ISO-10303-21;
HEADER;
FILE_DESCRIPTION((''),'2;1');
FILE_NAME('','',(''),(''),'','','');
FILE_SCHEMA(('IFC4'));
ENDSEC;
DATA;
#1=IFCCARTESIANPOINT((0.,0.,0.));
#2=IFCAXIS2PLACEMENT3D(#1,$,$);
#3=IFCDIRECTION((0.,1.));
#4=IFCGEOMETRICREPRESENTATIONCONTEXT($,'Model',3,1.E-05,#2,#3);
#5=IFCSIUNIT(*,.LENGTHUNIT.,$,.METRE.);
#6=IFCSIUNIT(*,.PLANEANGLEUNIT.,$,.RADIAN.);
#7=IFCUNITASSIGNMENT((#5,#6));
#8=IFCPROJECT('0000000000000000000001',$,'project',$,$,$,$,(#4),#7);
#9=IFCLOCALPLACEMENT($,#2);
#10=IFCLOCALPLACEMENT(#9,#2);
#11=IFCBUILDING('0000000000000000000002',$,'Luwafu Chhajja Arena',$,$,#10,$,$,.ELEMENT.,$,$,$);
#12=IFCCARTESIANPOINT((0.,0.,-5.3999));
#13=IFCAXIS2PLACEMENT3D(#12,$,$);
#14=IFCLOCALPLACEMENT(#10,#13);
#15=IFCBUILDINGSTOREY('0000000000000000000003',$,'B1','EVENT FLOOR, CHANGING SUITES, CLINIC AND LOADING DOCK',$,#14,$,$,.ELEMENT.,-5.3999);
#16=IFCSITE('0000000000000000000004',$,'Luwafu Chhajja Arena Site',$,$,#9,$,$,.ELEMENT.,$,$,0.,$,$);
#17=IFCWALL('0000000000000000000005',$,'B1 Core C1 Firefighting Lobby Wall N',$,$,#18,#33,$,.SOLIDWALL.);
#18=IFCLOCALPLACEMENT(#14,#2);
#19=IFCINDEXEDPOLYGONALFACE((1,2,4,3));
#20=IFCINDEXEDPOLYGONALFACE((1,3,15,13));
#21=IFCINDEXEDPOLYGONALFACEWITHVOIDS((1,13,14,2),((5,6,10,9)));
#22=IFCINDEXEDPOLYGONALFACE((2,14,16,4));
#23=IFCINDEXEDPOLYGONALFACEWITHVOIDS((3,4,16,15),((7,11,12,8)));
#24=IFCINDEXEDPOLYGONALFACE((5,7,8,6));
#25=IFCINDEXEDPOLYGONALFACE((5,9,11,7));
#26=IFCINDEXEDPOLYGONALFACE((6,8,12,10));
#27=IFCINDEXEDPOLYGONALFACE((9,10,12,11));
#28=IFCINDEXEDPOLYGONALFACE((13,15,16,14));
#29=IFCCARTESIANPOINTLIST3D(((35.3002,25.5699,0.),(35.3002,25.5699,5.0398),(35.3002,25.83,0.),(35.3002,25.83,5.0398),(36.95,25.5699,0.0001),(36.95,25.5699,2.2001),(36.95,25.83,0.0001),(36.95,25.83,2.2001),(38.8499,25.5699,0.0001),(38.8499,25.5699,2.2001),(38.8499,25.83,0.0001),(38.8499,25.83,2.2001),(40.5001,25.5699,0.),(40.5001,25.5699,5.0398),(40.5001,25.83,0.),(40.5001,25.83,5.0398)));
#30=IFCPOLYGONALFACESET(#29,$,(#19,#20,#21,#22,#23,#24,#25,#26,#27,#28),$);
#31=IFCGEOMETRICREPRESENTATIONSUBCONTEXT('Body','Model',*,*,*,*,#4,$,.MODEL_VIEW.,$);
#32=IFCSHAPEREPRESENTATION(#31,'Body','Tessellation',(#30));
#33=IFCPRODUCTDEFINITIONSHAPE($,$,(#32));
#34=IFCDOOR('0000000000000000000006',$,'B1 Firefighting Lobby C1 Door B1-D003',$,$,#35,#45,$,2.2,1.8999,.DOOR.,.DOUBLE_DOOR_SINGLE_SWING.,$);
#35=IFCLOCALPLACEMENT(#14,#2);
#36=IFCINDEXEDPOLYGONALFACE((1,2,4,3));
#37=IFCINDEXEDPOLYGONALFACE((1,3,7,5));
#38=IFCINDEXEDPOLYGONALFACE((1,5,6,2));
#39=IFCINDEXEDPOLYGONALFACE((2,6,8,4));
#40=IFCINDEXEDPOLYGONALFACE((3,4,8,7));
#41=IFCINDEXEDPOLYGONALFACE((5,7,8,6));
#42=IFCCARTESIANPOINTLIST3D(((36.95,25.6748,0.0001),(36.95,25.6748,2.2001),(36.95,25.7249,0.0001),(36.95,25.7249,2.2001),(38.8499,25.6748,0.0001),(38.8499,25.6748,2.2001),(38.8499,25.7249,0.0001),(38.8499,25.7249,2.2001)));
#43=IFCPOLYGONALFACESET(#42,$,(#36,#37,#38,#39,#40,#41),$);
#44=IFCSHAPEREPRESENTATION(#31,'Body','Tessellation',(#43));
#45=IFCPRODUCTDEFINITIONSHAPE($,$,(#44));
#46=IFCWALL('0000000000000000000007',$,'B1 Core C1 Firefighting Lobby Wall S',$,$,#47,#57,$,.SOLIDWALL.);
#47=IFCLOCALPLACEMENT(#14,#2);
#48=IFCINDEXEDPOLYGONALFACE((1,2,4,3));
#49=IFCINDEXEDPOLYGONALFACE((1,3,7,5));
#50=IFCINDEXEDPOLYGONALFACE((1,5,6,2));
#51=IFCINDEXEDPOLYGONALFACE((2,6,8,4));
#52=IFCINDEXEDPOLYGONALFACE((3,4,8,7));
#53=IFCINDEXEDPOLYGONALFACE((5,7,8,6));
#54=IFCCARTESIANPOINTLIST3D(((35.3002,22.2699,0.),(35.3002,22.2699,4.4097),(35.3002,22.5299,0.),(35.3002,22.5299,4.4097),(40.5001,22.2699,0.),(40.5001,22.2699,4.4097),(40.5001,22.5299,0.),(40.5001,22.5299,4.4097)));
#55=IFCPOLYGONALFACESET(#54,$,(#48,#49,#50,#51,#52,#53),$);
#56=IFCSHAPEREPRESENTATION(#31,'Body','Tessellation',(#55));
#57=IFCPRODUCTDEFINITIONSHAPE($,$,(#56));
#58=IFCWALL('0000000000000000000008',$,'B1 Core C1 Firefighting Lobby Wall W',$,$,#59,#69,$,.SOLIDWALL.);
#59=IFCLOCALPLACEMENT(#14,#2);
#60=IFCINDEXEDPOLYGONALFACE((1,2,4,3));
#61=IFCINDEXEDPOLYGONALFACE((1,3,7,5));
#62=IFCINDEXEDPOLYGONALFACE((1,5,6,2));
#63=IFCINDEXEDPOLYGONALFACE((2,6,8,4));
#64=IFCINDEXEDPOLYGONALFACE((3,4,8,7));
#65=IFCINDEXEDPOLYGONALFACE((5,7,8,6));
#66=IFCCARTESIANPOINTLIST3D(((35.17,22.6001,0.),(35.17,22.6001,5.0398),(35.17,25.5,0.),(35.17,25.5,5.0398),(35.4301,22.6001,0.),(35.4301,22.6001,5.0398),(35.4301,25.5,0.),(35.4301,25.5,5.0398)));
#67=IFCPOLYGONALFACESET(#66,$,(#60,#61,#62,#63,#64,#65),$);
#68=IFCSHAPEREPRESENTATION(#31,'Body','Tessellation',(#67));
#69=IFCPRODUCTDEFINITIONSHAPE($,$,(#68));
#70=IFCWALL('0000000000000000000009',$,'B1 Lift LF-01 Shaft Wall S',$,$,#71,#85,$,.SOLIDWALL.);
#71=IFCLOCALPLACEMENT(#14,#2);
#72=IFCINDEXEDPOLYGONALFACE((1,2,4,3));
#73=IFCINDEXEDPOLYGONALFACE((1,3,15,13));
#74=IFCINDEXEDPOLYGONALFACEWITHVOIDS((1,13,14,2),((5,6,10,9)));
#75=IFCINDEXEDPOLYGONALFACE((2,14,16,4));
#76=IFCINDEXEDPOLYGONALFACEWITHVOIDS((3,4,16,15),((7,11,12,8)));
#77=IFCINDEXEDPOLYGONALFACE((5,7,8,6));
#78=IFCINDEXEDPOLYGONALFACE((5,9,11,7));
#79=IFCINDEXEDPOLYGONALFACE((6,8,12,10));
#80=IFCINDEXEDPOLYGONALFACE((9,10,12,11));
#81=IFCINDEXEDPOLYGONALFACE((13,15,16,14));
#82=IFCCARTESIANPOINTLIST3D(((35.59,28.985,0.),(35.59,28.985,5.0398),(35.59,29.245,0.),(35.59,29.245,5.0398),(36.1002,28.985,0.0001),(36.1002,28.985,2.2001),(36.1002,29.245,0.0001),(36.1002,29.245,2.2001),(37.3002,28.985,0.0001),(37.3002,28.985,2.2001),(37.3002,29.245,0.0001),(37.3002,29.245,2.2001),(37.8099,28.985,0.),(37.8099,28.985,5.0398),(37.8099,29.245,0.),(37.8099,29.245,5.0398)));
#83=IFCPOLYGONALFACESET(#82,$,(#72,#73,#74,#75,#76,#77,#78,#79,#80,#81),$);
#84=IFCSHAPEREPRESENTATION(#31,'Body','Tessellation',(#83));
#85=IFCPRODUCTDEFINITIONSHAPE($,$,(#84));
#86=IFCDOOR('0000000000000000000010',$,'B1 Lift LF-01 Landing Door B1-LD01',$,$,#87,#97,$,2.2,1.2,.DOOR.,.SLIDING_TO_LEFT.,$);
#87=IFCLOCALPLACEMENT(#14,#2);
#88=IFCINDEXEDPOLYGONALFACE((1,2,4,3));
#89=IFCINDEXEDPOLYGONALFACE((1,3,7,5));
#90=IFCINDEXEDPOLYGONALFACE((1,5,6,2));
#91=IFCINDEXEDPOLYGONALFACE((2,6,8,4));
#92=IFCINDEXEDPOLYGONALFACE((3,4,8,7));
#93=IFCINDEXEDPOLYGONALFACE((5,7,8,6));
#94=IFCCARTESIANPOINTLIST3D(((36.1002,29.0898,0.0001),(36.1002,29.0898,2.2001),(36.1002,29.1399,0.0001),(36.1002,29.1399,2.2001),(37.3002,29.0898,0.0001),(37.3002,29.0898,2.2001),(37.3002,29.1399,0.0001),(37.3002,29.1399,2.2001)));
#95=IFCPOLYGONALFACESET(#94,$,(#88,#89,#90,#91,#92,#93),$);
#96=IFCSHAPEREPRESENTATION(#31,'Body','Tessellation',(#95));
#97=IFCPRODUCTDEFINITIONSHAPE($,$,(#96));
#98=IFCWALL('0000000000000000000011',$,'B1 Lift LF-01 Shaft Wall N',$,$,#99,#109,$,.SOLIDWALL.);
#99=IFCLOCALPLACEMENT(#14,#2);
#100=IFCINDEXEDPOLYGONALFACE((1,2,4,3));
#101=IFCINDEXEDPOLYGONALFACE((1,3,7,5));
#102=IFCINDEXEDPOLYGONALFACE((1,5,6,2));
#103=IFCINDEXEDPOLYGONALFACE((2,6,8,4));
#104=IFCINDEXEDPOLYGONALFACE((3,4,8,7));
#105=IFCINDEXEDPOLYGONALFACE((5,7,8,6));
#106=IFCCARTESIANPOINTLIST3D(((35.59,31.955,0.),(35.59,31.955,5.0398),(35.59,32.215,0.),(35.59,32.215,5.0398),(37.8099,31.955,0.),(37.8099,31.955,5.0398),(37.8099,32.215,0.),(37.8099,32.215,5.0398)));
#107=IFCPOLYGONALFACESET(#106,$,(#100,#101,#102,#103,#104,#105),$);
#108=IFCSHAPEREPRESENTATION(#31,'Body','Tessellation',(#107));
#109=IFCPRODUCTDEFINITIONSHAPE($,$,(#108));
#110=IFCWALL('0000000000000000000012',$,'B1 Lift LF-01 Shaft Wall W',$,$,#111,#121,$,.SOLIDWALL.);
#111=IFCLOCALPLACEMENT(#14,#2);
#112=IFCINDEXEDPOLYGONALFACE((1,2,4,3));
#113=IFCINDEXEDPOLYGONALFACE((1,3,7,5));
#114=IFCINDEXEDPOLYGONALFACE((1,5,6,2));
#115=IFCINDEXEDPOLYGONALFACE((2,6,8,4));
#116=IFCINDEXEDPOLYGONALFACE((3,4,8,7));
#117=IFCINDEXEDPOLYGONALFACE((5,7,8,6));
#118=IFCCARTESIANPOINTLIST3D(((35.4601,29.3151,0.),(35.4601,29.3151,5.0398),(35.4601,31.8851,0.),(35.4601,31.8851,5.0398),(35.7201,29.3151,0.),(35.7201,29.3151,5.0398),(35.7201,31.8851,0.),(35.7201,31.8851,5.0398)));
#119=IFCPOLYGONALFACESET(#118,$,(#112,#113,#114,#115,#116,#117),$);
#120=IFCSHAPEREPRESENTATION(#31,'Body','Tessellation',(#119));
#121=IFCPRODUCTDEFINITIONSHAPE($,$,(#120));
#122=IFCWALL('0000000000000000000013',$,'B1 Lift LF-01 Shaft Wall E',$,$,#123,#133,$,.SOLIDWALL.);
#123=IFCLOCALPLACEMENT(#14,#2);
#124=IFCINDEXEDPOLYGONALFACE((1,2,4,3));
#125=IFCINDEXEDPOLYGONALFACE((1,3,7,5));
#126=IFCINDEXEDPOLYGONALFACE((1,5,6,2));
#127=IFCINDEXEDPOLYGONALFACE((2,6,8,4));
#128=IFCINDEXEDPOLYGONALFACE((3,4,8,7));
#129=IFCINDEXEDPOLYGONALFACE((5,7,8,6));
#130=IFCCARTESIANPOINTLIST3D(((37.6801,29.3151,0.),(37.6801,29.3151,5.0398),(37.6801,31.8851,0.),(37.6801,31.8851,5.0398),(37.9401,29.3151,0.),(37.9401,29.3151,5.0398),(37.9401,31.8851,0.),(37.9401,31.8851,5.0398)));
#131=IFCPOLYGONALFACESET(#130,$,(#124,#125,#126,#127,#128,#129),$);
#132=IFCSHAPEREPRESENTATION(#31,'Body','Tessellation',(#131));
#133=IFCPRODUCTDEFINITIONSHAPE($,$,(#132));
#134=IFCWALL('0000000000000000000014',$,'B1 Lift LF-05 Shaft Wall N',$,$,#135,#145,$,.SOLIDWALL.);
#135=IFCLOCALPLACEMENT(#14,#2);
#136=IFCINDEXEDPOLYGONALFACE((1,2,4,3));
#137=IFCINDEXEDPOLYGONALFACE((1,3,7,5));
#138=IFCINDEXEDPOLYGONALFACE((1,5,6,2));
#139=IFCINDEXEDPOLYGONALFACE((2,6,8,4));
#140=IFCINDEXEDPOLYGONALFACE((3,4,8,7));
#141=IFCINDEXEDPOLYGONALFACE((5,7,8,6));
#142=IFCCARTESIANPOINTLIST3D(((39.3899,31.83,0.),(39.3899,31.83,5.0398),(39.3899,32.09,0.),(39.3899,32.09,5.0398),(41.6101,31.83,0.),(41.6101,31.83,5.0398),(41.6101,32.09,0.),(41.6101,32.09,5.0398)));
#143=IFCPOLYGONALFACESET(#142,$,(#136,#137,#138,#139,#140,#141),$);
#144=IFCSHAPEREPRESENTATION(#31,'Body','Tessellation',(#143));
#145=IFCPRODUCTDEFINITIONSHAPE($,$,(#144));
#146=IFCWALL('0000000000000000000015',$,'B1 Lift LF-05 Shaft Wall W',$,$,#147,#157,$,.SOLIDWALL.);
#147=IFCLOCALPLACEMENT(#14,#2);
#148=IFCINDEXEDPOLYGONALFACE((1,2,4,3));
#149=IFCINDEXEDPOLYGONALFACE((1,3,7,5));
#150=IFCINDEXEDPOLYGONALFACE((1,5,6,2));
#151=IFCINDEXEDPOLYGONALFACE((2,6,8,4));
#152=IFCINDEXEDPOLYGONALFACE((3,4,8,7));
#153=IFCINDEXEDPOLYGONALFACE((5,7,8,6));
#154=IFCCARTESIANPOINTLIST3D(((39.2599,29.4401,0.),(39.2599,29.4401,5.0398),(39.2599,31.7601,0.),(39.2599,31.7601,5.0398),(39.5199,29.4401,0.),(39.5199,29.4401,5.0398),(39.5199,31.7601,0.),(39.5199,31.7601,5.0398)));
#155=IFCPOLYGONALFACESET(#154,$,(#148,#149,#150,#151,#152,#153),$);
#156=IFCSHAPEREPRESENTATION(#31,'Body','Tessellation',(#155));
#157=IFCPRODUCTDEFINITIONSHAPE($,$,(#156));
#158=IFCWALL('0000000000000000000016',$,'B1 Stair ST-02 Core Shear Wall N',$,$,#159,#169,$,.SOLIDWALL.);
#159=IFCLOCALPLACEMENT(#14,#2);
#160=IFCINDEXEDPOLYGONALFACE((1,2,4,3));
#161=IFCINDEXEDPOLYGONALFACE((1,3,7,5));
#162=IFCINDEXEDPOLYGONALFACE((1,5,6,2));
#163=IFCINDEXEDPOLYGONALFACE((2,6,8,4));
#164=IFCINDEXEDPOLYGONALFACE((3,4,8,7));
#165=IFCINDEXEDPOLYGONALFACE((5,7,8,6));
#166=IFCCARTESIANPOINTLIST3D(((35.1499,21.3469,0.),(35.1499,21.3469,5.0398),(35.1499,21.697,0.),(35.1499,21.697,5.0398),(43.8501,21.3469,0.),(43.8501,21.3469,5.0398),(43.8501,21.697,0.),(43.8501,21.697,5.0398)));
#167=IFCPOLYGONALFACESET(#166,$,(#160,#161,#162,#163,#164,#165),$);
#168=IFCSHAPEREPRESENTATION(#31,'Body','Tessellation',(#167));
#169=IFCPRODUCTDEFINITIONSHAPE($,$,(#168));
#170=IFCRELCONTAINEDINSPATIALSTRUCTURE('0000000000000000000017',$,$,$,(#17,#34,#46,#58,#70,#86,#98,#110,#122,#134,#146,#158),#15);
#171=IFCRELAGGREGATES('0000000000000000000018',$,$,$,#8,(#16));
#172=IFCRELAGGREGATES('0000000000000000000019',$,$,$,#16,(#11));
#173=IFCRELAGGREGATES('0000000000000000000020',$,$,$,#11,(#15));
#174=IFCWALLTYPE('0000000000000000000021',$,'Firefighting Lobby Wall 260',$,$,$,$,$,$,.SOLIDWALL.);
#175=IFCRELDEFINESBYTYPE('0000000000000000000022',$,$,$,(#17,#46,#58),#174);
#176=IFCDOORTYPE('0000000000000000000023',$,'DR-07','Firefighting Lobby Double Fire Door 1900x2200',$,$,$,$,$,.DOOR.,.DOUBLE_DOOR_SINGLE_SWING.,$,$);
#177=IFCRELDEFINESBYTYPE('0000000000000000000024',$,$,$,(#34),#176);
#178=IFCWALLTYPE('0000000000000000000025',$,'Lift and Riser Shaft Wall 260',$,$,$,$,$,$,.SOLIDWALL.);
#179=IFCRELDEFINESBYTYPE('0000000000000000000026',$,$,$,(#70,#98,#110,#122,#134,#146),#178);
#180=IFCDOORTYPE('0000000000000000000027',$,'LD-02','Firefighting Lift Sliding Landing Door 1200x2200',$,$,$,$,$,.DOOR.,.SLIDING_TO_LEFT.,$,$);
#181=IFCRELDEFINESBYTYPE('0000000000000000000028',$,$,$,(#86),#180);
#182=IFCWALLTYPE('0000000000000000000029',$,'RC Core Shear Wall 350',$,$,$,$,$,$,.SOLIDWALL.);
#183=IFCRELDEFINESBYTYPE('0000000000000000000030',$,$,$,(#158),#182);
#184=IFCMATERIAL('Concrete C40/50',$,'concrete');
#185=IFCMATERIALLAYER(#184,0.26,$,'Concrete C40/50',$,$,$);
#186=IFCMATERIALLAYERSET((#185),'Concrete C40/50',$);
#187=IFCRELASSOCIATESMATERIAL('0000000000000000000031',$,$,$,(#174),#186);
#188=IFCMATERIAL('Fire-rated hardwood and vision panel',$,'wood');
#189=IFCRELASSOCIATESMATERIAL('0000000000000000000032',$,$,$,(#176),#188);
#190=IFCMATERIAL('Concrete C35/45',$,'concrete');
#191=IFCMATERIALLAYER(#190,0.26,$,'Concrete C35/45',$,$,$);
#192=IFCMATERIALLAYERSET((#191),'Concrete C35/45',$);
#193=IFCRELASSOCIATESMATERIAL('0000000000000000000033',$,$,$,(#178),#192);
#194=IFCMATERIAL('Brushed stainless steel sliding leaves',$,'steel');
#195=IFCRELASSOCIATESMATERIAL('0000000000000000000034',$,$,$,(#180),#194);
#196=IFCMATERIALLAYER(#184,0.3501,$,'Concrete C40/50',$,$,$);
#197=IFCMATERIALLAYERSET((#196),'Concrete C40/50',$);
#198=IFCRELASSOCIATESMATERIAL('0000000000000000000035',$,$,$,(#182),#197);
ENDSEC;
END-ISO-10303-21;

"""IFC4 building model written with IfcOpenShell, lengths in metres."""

from ifc_helpers import new_model, si_unit, direction, frame, frame_2d, origin, place, context, subcontext, project, spatial, rectangle, extrude, material, layer, layer_set, type_object, element, fill, save


model = new_model("IFC4")

# Units and contexts
model_context = context("Model", 3, precision=1e-05, world=origin(), true_north=direction((0.0, 1.0)))
body_context = subcontext(model_context, "Body", "Model", "MODEL_VIEW")
ifc_project = project(units=[si_unit("LENGTHUNIT", "METRE"), si_unit("PLANEANGLEUNIT", "RADIAN")], contexts=[model_context])

# Site, building, storey
site_placement = place(None, origin())
site = spatial("IfcSite", under=ifc_project, at=site_placement, Name="Luwafu Chhajja Arena Site", CompositionType="ELEMENT", RefElevation=0.0)
building_placement = place(site_placement, origin())
building = spatial("IfcBuilding", under=site, at=building_placement, Name="Luwafu Chhajja Arena", CompositionType="ELEMENT")
storey_placement = place(building_placement, frame((0.0, 0.0, -5.3999)))
storey = spatial("IfcBuildingStorey", under=building, at=storey_placement, Name="B1", Description="EVENT FLOOR, CHANGING SUITES, CLINIC AND LOADING DOCK", CompositionType="ELEMENT", Elevation=-5.3999)

# Shared definitions
ifc_material_1 = material(Name="Concrete C35/45", Category="concrete")

# Wall, opening, door
ifc_material_2 = material(Name="Concrete C40/50", Category="concrete")
ifc_layer_1 = layer(ifc_material_2, 0.26, Name="Concrete C40/50")
ifc_layer_set_1 = layer_set([ifc_layer_1], Name="Concrete C40/50")
wall_type_1 = type_object("IfcWallType", Name="Firefighting Lobby Wall 260", PredefinedType="SOLIDWALL", material=ifc_layer_set_1)
wall_1_placement = place(storey_placement, frame((35.3, 25.7, 0.0), z_axis=(0.0, 0.0, 1.0), x_axis=(1.0, 0.0, 0.0)))
wall_1 = element("IfcWall", 1, at=wall_1_placement, inside=storey, type_object=wall_type_1, Name="B1 Core C1 Firefighting Lobby Wall N", PredefinedType="SOLIDWALL", context=body_context, shape_type="SweptSolid", body=[
    extrude(rectangle(XDim=5.2, YDim=0.26, at=frame_2d((2.6001, 0.0))), origin(), (0.0, 0.0, 1.0), 5.0398),
])
opening_1_placement = place(wall_1_placement, frame((1.6499, 0.0, 0.0)))
opening_1 = element("IfcOpeningElement", 2, at=opening_1_placement, cuts=wall_1, PredefinedType="OPENING", context=body_context, shape_type="SweptSolid", body=[
    extrude(rectangle(XDim=1.8999, YDim=2.2, at=frame_2d((0.95, 1.1001))), frame((0.0, 0.1399, 0.0), z_axis=(0.0, -1.0, 0.0), x_axis=(1.0, 0.0, 0.0)), (0.0, 0.0, 1.0), 0.28),
])
ifc_material_3 = material(Name="Fire-rated hardwood and vision panel", Category="wood")
door_type_1 = type_object("IfcDoorType", Name="DR-07", Description="Firefighting Lobby Double Fire Door 1900x2200", OperationType="DOUBLE_DOOR_SINGLE_SWING", PredefinedType="DOOR", material=ifc_material_3)
door_1_placement = place(opening_1_placement, origin())
door_1 = element("IfcDoor", 3, at=door_1_placement, inside=storey, type_object=door_type_1, Name="B1 Firefighting Lobby C1 Door B1-D003", OperationType="DOUBLE_DOOR_SINGLE_SWING", OverallHeight=2.2, OverallWidth=1.8999, PredefinedType="DOOR", context=body_context, shape_type="SweptSolid", body=[
    extrude(rectangle(XDim=1.8999, YDim=2.2, at=frame_2d((0.95, 1.1001))), frame((0.0, 0.0249, 0.0), z_axis=(0.0, -1.0, 0.0), x_axis=(1.0, 0.0, 0.0)), (0.0, 0.0, 1.0), 0.05),
])
fill(opening_1, door_1)

# Walls
wall_2_placement = place(storey_placement, frame((35.3, 22.3999, 0.0), z_axis=(0.0, 0.0, 1.0), x_axis=(1.0, 0.0, 0.0)))
element("IfcWall", 4, at=wall_2_placement, inside=storey, type_object=wall_type_1, Name="B1 Core C1 Firefighting Lobby Wall S", PredefinedType="SOLIDWALL", context=body_context, shape_type="SweptSolid", body=[
    extrude(rectangle(XDim=5.2, YDim=0.26, at=frame_2d((2.6001, 0.0))), origin(), (0.0, 0.0, 1.0), 4.4097),
])
wall_3_placement = place(storey_placement, frame((35.3, 22.6001, 0.0), z_axis=(0.0, 0.0, 1.0), x_axis=(0.0, 1.0, 0.0)))
element("IfcWall", 5, at=wall_3_placement, inside=storey, type_object=wall_type_1, Name="B1 Core C1 Firefighting Lobby Wall W", PredefinedType="SOLIDWALL", context=body_context, shape_type="SweptSolid", body=[
    extrude(rectangle(XDim=2.8999, YDim=0.26, at=frame_2d((1.45, 0.0))), origin(), (0.0, 0.0, 1.0), 5.0398),
])

# Wall, opening, door
ifc_layer_2 = layer(ifc_material_1, 0.26, Name="Concrete C35/45")
ifc_layer_set_2 = layer_set([ifc_layer_2], Name="Concrete C35/45")
wall_type_2 = type_object("IfcWallType", Name="Lift and Riser Shaft Wall 260", PredefinedType="SOLIDWALL", material=ifc_layer_set_2)
wall_4_placement = place(storey_placement, frame((35.5901, 29.115, 0.0), z_axis=(0.0, 0.0, 1.0), x_axis=(1.0, 0.0, 0.0)))
wall_4 = element("IfcWall", 6, at=wall_4_placement, inside=storey, type_object=wall_type_2, Name="B1 Lift LF-01 Shaft Wall S", PredefinedType="SOLIDWALL", context=body_context, shape_type="SweptSolid", body=[
    extrude(rectangle(XDim=2.22, YDim=0.26, at=frame_2d((1.1099, 0.0))), origin(), (0.0, 0.0, 1.0), 5.0398),
])
opening_2_placement = place(wall_4_placement, frame((0.51, 0.0, 0.0)))
opening_2 = element("IfcOpeningElement", 7, at=opening_2_placement, cuts=wall_4, PredefinedType="OPENING", context=body_context, shape_type="SweptSolid", body=[
    extrude(rectangle(XDim=1.2, YDim=2.2, at=frame_2d((0.6001, 1.1001))), frame((0.0, 0.1399, 0.0), z_axis=(0.0, -1.0, 0.0), x_axis=(1.0, 0.0, 0.0)), (0.0, 0.0, 1.0), 0.28),
])
ifc_material_4 = material(Name="Brushed stainless steel sliding leaves", Category="steel")
door_type_2 = type_object("IfcDoorType", Name="LD-02", Description="Firefighting Lift Sliding Landing Door 1200x2200", OperationType="SLIDING_TO_LEFT", PredefinedType="DOOR", material=ifc_material_4)
door_2_placement = place(opening_2_placement, origin())
door_2 = element("IfcDoor", 8, at=door_2_placement, inside=storey, type_object=door_type_2, Name="B1 Lift LF-01 Landing Door B1-LD01", OperationType="SLIDING_TO_LEFT", OverallHeight=2.2, OverallWidth=1.2, PredefinedType="DOOR", context=body_context, shape_type="SweptSolid", body=[
    extrude(rectangle(XDim=1.2, YDim=2.2, at=frame_2d((0.6001, 1.1001))), frame((0.0, 0.0249, 0.0), z_axis=(0.0, -1.0, 0.0), x_axis=(1.0, 0.0, 0.0)), (0.0, 0.0, 1.0), 0.05),
])
fill(opening_2, door_2)

# Walls
wall_5_placement = place(storey_placement, frame((35.5901, 32.085, 0.0), z_axis=(0.0, 0.0, 1.0), x_axis=(1.0, 0.0, 0.0)))
element("IfcWall", 9, at=wall_5_placement, inside=storey, type_object=wall_type_2, Name="B1 Lift LF-01 Shaft Wall N", PredefinedType="SOLIDWALL", context=body_context, shape_type="SweptSolid", body=[
    extrude(rectangle(XDim=2.22, YDim=0.26, at=frame_2d((1.1099, 0.0))), origin(), (0.0, 0.0, 1.0), 5.0398),
])
for number, where, z_axis, x_axis, name in (
    (10, (35.5901, 29.3149, 0.0), (0.0, 0.0, 1.0), (0.0, 1.0, 0.0), "B1 Lift LF-01 Shaft Wall W"),
    (11, (37.8101, 29.3149, 0.0), (0.0, 0.0, 1.0), (0.0, 1.0, 0.0), "B1 Lift LF-01 Shaft Wall E"),
):
    element("IfcWall", number, at=place(storey_placement, frame(where, z_axis=z_axis, x_axis=x_axis)), inside=storey, type_object=wall_type_2, Name=name, PredefinedType="SOLIDWALL", context=body_context, shape_type="SweptSolid", body=[
        extrude(rectangle(XDim=2.5701, YDim=0.26, at=frame_2d((1.2852, 0.0))), origin(), (0.0, 0.0, 1.0), 5.0398),
    ])

# Walls
wall_6_placement = place(storey_placement, frame((39.3899, 31.96, 0.0), z_axis=(0.0, 0.0, 1.0), x_axis=(1.0, 0.0, 0.0)))
element("IfcWall", 12, at=wall_6_placement, inside=storey, type_object=wall_type_2, Name="B1 Lift LF-05 Shaft Wall N", PredefinedType="SOLIDWALL", context=body_context, shape_type="SweptSolid", body=[
    extrude(rectangle(XDim=2.2202, YDim=0.26, at=frame_2d((1.1101, 0.0))), origin(), (0.0, 0.0, 1.0), 5.0398),
])
wall_7_placement = place(storey_placement, frame((39.3899, 29.4399, 0.0), z_axis=(0.0, 0.0, 1.0), x_axis=(0.0, 1.0, 0.0)))
element("IfcWall", 13, at=wall_7_placement, inside=storey, type_object=wall_type_2, Name="B1 Lift LF-05 Shaft Wall W", PredefinedType="SOLIDWALL", context=body_context, shape_type="SweptSolid", body=[
    extrude(rectangle(XDim=2.3201, YDim=0.26, at=frame_2d((1.1602, 0.0))), origin(), (0.0, 0.0, 1.0), 5.0398),
])
ifc_layer_3 = layer(ifc_material_2, 0.3501, Name="Concrete C40/50")
ifc_layer_set_3 = layer_set([ifc_layer_3], Name="Concrete C40/50")
wall_type_3 = type_object("IfcWallType", Name="RC Core Shear Wall 350", PredefinedType="SOLIDWALL", material=ifc_layer_set_3)
wall_8_placement = place(storey_placement, frame((35.1499, 21.522, 0.0), z_axis=(0.0, 0.0, 1.0), x_axis=(1.0, 0.0, 0.0)))
element("IfcWall", 14, at=wall_8_placement, inside=storey, type_object=wall_type_3, Name="B1 Stair ST-02 Core Shear Wall N", PredefinedType="SOLIDWALL", context=body_context, shape_type="SweptSolid", body=[
    extrude(rectangle(XDim=8.7002, YDim=0.3501, at=frame_2d((4.3501, 0.0))), origin(), (0.0, 0.0, 1.0), 5.0398),
])

save(model, "model.ifc")
